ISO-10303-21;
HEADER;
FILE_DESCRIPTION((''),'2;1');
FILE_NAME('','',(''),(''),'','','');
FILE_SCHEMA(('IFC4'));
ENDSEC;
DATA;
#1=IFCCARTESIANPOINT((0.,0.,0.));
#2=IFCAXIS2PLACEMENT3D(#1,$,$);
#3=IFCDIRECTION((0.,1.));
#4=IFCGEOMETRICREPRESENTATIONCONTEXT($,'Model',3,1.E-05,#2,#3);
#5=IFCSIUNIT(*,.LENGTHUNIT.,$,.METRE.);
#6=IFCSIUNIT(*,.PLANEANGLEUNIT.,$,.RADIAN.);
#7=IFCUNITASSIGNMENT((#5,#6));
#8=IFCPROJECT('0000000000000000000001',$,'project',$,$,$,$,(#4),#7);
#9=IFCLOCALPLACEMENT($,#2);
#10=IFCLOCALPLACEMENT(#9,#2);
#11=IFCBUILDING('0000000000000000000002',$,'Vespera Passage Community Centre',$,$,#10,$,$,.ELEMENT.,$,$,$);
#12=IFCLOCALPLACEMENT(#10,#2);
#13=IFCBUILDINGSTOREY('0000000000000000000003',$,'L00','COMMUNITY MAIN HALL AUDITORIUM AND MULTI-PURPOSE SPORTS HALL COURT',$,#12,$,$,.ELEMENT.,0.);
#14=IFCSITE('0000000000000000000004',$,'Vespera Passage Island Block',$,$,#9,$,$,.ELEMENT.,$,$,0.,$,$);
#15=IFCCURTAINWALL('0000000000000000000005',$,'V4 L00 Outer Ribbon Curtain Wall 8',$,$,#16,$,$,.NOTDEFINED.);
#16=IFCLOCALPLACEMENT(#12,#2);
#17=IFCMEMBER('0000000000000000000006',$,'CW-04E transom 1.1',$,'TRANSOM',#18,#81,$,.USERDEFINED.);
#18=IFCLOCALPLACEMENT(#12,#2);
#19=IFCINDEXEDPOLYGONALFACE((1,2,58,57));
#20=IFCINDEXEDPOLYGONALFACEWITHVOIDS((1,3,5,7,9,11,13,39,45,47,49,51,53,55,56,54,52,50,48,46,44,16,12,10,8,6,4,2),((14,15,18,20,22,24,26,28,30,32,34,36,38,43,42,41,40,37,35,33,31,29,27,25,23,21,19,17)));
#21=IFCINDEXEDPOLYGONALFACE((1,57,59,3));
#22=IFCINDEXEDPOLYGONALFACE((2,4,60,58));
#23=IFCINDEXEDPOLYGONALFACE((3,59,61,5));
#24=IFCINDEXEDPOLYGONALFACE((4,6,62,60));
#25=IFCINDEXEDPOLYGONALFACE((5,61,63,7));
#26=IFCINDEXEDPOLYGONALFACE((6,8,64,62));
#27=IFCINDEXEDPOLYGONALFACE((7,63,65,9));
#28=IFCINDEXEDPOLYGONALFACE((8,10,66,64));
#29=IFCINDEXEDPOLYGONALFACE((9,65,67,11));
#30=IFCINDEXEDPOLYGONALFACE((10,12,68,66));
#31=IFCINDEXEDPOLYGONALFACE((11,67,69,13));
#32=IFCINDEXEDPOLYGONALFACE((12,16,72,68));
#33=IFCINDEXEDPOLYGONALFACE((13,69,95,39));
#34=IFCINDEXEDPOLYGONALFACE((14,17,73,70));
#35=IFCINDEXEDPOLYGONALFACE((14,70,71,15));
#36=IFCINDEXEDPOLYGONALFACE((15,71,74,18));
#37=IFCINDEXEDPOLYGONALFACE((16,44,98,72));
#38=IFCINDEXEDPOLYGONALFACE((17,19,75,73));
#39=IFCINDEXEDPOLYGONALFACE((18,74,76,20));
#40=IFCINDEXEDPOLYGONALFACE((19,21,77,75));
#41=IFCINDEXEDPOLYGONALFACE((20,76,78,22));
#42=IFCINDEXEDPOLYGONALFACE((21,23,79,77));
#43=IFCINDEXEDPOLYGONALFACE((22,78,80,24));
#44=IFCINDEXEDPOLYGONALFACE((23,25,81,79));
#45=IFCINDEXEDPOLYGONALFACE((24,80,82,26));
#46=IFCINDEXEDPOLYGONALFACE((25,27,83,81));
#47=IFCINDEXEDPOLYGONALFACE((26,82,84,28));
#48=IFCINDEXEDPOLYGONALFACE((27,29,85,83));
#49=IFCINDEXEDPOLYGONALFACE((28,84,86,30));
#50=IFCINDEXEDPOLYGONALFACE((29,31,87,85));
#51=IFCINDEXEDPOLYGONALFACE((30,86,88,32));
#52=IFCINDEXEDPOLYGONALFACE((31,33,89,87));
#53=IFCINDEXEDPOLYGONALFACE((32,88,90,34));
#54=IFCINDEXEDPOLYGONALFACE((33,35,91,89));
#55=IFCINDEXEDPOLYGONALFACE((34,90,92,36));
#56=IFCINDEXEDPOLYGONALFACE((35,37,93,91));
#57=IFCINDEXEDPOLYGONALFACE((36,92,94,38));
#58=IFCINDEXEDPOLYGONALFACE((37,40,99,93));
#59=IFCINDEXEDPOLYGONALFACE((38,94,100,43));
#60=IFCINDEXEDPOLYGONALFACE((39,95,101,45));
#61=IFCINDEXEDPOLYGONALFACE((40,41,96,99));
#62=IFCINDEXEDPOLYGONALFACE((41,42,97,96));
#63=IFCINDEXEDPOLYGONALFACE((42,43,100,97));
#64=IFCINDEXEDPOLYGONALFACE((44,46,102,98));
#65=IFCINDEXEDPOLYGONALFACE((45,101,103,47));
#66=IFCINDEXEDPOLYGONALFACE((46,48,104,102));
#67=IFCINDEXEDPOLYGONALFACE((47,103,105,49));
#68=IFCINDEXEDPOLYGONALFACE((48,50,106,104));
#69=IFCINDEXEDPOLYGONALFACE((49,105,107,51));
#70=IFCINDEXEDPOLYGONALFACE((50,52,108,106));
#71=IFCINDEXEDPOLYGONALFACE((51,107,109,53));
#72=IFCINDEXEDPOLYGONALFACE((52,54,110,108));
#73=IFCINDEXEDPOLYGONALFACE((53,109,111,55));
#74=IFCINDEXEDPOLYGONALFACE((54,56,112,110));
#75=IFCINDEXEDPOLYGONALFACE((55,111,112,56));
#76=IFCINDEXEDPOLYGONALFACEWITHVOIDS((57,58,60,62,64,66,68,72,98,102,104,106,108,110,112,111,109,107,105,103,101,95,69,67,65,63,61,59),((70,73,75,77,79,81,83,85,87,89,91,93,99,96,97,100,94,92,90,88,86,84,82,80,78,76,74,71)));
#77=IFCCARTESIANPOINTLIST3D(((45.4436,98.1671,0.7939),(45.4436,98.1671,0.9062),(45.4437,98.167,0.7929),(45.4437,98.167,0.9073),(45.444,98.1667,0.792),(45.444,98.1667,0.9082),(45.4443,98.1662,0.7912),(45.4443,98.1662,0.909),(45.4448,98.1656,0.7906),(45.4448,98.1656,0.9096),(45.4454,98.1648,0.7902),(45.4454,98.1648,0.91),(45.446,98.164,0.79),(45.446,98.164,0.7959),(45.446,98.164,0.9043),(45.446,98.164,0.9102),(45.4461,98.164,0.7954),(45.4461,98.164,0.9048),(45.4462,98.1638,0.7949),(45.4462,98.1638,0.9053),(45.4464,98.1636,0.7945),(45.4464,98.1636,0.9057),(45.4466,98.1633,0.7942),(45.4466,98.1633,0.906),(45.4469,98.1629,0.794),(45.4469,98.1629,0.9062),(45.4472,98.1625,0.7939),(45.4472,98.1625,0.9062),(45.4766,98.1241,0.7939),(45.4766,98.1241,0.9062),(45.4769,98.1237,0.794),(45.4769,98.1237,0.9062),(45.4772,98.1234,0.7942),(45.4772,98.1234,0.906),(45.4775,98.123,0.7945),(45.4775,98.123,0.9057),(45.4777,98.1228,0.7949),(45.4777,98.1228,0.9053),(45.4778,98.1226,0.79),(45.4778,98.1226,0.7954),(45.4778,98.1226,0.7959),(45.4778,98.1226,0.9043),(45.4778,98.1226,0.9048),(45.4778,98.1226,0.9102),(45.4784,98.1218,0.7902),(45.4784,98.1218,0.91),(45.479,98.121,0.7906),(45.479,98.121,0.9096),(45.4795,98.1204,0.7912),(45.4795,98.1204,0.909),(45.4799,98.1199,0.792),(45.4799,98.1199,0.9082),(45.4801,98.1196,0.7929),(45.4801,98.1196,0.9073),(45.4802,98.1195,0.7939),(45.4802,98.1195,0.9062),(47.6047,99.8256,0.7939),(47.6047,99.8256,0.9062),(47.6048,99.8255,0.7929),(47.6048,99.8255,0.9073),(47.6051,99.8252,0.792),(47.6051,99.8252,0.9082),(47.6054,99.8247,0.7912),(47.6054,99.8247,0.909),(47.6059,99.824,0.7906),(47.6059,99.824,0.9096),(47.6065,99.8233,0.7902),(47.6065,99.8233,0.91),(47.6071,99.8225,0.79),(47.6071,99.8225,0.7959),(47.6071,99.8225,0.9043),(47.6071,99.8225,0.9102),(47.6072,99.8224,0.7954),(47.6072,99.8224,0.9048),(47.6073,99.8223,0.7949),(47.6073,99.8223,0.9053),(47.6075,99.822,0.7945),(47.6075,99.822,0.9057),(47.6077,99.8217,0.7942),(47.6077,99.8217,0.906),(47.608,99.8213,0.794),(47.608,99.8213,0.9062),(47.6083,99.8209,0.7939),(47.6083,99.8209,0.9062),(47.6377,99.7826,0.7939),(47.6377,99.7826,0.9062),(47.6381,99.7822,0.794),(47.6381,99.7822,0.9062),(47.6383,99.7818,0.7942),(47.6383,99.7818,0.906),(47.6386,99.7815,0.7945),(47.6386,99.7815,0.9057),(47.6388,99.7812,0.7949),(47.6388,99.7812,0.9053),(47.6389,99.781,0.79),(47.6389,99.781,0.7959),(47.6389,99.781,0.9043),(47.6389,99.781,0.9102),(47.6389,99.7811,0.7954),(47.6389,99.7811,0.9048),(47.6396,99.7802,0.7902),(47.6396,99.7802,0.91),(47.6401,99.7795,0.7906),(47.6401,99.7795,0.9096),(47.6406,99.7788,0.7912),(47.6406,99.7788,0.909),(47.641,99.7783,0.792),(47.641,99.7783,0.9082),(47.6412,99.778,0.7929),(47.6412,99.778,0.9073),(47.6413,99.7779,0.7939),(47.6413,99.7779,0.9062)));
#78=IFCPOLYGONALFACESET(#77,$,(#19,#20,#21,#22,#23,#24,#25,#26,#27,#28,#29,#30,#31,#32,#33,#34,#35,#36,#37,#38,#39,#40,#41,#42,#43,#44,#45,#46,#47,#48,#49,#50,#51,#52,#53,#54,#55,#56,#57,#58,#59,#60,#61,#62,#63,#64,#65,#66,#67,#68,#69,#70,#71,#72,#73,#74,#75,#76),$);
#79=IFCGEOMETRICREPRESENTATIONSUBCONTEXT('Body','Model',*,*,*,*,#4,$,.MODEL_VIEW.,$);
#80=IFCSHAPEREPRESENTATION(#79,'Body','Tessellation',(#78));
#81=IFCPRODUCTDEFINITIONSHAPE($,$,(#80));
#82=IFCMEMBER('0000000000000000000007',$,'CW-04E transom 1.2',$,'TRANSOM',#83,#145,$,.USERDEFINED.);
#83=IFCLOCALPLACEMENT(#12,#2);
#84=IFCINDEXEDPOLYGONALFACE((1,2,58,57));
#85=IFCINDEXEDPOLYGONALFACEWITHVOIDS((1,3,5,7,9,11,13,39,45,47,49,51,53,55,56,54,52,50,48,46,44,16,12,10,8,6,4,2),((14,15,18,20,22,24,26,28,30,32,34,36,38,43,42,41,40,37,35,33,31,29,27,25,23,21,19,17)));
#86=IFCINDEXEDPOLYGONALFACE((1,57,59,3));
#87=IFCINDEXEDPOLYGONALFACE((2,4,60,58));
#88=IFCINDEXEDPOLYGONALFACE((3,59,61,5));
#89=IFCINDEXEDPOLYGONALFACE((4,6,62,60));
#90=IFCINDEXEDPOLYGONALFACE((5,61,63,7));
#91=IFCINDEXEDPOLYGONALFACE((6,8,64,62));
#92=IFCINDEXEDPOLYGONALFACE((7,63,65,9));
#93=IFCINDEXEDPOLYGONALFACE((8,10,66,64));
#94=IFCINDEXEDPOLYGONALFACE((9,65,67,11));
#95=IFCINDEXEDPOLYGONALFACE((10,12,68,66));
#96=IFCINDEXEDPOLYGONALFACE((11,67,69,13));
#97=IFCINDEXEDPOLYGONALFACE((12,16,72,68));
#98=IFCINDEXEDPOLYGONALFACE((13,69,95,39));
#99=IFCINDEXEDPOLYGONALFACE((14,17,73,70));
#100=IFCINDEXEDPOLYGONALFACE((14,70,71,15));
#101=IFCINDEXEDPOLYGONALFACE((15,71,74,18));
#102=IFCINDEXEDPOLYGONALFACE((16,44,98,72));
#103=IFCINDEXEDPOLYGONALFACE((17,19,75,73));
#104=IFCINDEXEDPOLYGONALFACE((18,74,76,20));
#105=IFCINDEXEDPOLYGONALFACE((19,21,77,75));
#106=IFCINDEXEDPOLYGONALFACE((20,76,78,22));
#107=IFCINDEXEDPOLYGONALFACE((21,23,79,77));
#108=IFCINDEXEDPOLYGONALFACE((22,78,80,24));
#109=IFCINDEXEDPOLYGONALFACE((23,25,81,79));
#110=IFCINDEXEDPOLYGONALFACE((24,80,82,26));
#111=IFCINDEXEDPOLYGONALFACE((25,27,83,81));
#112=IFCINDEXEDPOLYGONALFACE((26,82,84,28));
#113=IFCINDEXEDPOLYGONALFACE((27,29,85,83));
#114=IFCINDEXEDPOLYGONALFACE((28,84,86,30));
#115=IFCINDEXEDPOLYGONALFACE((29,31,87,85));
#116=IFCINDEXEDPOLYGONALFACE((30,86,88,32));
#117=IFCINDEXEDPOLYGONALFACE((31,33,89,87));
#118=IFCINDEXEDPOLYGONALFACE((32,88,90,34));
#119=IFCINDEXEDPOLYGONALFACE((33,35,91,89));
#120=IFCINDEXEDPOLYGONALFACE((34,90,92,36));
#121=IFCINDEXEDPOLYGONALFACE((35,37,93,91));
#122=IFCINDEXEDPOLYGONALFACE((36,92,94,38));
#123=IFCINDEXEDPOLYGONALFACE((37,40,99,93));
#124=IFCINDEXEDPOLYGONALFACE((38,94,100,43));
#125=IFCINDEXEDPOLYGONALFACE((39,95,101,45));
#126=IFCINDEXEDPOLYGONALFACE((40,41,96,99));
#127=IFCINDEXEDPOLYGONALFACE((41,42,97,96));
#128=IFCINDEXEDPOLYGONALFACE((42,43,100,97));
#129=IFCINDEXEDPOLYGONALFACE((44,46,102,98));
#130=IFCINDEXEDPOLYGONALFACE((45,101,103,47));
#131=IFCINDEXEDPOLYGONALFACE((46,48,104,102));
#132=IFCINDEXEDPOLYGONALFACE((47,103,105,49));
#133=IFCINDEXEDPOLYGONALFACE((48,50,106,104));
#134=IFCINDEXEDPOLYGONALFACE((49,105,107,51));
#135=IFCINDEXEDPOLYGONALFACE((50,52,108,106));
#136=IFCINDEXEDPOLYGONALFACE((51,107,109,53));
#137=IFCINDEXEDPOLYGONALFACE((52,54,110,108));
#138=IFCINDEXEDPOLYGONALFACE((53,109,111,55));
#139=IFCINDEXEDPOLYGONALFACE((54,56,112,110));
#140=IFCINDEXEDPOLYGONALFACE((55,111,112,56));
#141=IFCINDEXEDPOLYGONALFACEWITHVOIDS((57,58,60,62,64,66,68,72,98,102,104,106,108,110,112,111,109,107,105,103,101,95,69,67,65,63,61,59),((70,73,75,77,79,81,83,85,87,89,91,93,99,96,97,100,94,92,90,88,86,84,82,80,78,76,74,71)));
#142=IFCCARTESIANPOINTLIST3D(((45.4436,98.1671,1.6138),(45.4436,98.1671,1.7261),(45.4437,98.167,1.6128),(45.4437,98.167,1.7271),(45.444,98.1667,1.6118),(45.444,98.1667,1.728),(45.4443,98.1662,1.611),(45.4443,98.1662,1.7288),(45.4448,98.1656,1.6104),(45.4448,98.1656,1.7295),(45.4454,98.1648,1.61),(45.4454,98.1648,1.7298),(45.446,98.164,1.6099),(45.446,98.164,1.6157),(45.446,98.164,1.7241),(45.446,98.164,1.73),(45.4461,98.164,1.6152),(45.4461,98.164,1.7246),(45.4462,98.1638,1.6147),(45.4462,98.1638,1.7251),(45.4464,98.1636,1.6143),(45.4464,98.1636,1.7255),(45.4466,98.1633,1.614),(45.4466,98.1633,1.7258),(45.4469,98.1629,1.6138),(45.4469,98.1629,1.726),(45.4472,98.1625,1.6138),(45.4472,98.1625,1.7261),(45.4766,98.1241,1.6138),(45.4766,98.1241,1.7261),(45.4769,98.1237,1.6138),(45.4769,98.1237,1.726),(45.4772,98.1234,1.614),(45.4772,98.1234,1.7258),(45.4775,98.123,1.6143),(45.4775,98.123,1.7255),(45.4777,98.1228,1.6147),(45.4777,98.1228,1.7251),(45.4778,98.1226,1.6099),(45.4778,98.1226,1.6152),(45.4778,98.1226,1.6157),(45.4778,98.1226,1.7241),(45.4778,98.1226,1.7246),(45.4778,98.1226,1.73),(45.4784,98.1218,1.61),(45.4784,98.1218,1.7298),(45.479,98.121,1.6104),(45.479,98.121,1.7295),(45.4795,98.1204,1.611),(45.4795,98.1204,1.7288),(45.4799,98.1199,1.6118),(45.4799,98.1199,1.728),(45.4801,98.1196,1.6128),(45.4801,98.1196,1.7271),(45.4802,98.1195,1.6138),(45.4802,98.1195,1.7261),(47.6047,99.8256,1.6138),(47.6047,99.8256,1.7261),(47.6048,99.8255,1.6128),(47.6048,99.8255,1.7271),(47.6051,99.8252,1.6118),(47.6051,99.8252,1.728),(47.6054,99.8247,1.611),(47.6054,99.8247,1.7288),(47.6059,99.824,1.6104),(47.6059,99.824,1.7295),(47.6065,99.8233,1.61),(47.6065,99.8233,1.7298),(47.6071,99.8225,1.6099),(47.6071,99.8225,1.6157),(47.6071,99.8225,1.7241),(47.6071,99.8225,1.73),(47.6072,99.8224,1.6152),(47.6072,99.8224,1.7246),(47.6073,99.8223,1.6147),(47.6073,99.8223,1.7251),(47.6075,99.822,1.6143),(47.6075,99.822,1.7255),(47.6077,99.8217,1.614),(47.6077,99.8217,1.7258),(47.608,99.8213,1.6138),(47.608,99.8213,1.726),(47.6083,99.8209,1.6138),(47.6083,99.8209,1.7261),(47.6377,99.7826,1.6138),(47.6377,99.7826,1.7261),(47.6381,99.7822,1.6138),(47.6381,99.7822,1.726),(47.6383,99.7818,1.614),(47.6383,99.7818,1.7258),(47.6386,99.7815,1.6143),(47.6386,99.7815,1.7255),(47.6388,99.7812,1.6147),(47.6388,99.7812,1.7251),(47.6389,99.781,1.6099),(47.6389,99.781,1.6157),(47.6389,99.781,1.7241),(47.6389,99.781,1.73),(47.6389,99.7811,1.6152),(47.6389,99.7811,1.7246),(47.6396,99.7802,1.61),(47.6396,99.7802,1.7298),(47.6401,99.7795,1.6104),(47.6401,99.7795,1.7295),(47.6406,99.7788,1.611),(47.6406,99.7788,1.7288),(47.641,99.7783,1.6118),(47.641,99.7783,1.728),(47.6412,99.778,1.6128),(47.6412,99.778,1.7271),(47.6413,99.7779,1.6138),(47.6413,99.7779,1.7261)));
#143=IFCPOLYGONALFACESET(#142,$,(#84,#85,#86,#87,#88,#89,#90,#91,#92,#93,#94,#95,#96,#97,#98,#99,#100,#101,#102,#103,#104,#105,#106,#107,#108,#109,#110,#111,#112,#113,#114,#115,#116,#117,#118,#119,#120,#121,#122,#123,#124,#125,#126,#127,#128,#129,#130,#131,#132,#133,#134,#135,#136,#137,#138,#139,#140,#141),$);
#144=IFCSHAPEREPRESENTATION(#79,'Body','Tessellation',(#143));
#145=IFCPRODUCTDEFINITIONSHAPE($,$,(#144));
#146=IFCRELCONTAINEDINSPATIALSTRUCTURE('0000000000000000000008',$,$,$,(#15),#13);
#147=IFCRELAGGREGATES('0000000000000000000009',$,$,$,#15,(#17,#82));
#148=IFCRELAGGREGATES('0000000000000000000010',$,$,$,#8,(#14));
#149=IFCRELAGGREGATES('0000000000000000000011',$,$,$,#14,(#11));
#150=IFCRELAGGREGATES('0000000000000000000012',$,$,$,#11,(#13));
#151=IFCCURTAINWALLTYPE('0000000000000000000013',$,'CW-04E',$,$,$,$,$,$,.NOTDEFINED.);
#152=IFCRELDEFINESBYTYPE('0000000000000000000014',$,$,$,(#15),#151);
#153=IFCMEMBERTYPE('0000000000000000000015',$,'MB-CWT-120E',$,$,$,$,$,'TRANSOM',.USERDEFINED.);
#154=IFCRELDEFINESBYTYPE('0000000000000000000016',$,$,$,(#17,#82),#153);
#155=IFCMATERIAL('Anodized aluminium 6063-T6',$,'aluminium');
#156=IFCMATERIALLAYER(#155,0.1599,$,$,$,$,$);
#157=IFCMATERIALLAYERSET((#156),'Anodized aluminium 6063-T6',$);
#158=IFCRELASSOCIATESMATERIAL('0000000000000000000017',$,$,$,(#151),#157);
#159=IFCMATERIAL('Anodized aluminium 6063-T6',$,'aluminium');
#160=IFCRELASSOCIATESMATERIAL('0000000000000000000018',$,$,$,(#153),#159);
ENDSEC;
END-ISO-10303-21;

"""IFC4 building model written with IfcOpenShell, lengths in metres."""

from ifc_helpers import new_model, si_unit, direction, frame, origin, origin_2d, place, context, subcontext, project, spatial, hollow_rectangle, extrude, material, layer, layer_set, material_profile, profile_set, type_object, element, aggregate, save


model = new_model("IFC4")

# Units and contexts
model_context = context("Model", 3, precision=1e-05, world=origin(), true_north=direction((0.0, 1.0)))
body_context = subcontext(model_context, "Body", "Model", "MODEL_VIEW")
ifc_project = project(units=[si_unit("LENGTHUNIT", "METRE"), si_unit("PLANEANGLEUNIT", "RADIAN")], contexts=[model_context])

# Site, building, storey
site_placement = place(None, origin())
site = spatial("IfcSite", under=ifc_project, at=site_placement, Name="Vespera Passage Island Block", CompositionType="ELEMENT", RefElevation=0.0)
building_placement = place(site_placement, origin())
building = spatial("IfcBuilding", under=site, at=building_placement, Name="Vespera Passage Community Centre", CompositionType="ELEMENT")
storey_placement = place(building_placement, origin())
storey = spatial("IfcBuildingStorey", under=building, at=storey_placement, Name="L00", Description="COMMUNITY MAIN HALL AUDITORIUM AND MULTI-PURPOSE SPORTS HALL COURT", CompositionType="ELEMENT", Elevation=0.0)

# Curtain wall
ifc_material_1 = material(Name="Anodized aluminium 6063-T6", Category="aluminium")
ifc_layer_1 = layer(ifc_material_1, 0.1599)
ifc_layer_set_1 = layer_set([ifc_layer_1], Name="Anodized aluminium 6063-T6")
curtain_wall_type_1 = type_object("IfcCurtainWallType", Name="CW-04E", PredefinedType="NOTDEFINED", material=ifc_layer_set_1)
curtain_wall_1_placement = place(storey_placement, origin())
curtain_wall_1 = element("IfcCurtainWall", 1, at=curtain_wall_1_placement, inside=storey, type_object=curtain_wall_type_1, Name="V4 L00 Outer Ribbon Curtain Wall 8", PredefinedType="NOTDEFINED")

# Members
ifc_material_2 = material(Name="Anodized aluminium 6063-T6", Category="aluminium")
ifc_material_profile_1 = material_profile(ifc_material_2, hollow_rectangle(XDim=0.0601, YDim=0.1201, WallThickness=0.0039, InnerFilletRadius=0.002, OuterFilletRadius=0.0039, at=origin_2d()), Name="ALU120X60X4")
ifc_profile_set_1 = profile_set([ifc_material_profile_1], Name="Anodized aluminium 6063-T6")
member_type_1 = type_object("IfcMemberType", Name="MB-CWT-120E", ElementType="TRANSOM", PredefinedType="USERDEFINED", material=ifc_profile_set_1)
member_1_placement = place(storey_placement, frame((45.4619, 98.1433, 0.8501), z_axis=(0.793326, 0.608796, 0.0), x_axis=(-0.608796, 0.793326, 0.0)))
member_1 = element("IfcMember", 2, at=member_1_placement, type_object=member_type_1, Name="CW-04E transom 1.1", ObjectType="TRANSOM", PredefinedType="USERDEFINED", context=body_context, shape_type="SweptSolid", body=[
    extrude(hollow_rectangle(XDim=0.0601, YDim=0.1201, WallThickness=0.0039, InnerFilletRadius=0.002, OuterFilletRadius=0.0039, at=origin_2d()), origin(), (0.0, 0.0, 1.0), 2.7241),
])
member_2_placement = place(storey_placement, frame((45.4619, 98.1433, 1.6699), z_axis=(0.793326, 0.608796, 0.0), x_axis=(-0.608796, 0.793326, 0.0)))
member_2 = element("IfcMember", 3, at=member_2_placement, type_object=member_type_1, Name="CW-04E transom 1.2", ObjectType="TRANSOM", PredefinedType="USERDEFINED", context=body_context, shape_type="SweptSolid", body=[
    extrude(hollow_rectangle(XDim=0.0601, YDim=0.1201, WallThickness=0.0039, InnerFilletRadius=0.002, OuterFilletRadius=0.0039, at=origin_2d()), origin(), (0.0, 0.0, 1.0), 2.7241),
])
aggregate(curtain_wall_1, [member_1, member_2])

save(model, "model.ifc")
